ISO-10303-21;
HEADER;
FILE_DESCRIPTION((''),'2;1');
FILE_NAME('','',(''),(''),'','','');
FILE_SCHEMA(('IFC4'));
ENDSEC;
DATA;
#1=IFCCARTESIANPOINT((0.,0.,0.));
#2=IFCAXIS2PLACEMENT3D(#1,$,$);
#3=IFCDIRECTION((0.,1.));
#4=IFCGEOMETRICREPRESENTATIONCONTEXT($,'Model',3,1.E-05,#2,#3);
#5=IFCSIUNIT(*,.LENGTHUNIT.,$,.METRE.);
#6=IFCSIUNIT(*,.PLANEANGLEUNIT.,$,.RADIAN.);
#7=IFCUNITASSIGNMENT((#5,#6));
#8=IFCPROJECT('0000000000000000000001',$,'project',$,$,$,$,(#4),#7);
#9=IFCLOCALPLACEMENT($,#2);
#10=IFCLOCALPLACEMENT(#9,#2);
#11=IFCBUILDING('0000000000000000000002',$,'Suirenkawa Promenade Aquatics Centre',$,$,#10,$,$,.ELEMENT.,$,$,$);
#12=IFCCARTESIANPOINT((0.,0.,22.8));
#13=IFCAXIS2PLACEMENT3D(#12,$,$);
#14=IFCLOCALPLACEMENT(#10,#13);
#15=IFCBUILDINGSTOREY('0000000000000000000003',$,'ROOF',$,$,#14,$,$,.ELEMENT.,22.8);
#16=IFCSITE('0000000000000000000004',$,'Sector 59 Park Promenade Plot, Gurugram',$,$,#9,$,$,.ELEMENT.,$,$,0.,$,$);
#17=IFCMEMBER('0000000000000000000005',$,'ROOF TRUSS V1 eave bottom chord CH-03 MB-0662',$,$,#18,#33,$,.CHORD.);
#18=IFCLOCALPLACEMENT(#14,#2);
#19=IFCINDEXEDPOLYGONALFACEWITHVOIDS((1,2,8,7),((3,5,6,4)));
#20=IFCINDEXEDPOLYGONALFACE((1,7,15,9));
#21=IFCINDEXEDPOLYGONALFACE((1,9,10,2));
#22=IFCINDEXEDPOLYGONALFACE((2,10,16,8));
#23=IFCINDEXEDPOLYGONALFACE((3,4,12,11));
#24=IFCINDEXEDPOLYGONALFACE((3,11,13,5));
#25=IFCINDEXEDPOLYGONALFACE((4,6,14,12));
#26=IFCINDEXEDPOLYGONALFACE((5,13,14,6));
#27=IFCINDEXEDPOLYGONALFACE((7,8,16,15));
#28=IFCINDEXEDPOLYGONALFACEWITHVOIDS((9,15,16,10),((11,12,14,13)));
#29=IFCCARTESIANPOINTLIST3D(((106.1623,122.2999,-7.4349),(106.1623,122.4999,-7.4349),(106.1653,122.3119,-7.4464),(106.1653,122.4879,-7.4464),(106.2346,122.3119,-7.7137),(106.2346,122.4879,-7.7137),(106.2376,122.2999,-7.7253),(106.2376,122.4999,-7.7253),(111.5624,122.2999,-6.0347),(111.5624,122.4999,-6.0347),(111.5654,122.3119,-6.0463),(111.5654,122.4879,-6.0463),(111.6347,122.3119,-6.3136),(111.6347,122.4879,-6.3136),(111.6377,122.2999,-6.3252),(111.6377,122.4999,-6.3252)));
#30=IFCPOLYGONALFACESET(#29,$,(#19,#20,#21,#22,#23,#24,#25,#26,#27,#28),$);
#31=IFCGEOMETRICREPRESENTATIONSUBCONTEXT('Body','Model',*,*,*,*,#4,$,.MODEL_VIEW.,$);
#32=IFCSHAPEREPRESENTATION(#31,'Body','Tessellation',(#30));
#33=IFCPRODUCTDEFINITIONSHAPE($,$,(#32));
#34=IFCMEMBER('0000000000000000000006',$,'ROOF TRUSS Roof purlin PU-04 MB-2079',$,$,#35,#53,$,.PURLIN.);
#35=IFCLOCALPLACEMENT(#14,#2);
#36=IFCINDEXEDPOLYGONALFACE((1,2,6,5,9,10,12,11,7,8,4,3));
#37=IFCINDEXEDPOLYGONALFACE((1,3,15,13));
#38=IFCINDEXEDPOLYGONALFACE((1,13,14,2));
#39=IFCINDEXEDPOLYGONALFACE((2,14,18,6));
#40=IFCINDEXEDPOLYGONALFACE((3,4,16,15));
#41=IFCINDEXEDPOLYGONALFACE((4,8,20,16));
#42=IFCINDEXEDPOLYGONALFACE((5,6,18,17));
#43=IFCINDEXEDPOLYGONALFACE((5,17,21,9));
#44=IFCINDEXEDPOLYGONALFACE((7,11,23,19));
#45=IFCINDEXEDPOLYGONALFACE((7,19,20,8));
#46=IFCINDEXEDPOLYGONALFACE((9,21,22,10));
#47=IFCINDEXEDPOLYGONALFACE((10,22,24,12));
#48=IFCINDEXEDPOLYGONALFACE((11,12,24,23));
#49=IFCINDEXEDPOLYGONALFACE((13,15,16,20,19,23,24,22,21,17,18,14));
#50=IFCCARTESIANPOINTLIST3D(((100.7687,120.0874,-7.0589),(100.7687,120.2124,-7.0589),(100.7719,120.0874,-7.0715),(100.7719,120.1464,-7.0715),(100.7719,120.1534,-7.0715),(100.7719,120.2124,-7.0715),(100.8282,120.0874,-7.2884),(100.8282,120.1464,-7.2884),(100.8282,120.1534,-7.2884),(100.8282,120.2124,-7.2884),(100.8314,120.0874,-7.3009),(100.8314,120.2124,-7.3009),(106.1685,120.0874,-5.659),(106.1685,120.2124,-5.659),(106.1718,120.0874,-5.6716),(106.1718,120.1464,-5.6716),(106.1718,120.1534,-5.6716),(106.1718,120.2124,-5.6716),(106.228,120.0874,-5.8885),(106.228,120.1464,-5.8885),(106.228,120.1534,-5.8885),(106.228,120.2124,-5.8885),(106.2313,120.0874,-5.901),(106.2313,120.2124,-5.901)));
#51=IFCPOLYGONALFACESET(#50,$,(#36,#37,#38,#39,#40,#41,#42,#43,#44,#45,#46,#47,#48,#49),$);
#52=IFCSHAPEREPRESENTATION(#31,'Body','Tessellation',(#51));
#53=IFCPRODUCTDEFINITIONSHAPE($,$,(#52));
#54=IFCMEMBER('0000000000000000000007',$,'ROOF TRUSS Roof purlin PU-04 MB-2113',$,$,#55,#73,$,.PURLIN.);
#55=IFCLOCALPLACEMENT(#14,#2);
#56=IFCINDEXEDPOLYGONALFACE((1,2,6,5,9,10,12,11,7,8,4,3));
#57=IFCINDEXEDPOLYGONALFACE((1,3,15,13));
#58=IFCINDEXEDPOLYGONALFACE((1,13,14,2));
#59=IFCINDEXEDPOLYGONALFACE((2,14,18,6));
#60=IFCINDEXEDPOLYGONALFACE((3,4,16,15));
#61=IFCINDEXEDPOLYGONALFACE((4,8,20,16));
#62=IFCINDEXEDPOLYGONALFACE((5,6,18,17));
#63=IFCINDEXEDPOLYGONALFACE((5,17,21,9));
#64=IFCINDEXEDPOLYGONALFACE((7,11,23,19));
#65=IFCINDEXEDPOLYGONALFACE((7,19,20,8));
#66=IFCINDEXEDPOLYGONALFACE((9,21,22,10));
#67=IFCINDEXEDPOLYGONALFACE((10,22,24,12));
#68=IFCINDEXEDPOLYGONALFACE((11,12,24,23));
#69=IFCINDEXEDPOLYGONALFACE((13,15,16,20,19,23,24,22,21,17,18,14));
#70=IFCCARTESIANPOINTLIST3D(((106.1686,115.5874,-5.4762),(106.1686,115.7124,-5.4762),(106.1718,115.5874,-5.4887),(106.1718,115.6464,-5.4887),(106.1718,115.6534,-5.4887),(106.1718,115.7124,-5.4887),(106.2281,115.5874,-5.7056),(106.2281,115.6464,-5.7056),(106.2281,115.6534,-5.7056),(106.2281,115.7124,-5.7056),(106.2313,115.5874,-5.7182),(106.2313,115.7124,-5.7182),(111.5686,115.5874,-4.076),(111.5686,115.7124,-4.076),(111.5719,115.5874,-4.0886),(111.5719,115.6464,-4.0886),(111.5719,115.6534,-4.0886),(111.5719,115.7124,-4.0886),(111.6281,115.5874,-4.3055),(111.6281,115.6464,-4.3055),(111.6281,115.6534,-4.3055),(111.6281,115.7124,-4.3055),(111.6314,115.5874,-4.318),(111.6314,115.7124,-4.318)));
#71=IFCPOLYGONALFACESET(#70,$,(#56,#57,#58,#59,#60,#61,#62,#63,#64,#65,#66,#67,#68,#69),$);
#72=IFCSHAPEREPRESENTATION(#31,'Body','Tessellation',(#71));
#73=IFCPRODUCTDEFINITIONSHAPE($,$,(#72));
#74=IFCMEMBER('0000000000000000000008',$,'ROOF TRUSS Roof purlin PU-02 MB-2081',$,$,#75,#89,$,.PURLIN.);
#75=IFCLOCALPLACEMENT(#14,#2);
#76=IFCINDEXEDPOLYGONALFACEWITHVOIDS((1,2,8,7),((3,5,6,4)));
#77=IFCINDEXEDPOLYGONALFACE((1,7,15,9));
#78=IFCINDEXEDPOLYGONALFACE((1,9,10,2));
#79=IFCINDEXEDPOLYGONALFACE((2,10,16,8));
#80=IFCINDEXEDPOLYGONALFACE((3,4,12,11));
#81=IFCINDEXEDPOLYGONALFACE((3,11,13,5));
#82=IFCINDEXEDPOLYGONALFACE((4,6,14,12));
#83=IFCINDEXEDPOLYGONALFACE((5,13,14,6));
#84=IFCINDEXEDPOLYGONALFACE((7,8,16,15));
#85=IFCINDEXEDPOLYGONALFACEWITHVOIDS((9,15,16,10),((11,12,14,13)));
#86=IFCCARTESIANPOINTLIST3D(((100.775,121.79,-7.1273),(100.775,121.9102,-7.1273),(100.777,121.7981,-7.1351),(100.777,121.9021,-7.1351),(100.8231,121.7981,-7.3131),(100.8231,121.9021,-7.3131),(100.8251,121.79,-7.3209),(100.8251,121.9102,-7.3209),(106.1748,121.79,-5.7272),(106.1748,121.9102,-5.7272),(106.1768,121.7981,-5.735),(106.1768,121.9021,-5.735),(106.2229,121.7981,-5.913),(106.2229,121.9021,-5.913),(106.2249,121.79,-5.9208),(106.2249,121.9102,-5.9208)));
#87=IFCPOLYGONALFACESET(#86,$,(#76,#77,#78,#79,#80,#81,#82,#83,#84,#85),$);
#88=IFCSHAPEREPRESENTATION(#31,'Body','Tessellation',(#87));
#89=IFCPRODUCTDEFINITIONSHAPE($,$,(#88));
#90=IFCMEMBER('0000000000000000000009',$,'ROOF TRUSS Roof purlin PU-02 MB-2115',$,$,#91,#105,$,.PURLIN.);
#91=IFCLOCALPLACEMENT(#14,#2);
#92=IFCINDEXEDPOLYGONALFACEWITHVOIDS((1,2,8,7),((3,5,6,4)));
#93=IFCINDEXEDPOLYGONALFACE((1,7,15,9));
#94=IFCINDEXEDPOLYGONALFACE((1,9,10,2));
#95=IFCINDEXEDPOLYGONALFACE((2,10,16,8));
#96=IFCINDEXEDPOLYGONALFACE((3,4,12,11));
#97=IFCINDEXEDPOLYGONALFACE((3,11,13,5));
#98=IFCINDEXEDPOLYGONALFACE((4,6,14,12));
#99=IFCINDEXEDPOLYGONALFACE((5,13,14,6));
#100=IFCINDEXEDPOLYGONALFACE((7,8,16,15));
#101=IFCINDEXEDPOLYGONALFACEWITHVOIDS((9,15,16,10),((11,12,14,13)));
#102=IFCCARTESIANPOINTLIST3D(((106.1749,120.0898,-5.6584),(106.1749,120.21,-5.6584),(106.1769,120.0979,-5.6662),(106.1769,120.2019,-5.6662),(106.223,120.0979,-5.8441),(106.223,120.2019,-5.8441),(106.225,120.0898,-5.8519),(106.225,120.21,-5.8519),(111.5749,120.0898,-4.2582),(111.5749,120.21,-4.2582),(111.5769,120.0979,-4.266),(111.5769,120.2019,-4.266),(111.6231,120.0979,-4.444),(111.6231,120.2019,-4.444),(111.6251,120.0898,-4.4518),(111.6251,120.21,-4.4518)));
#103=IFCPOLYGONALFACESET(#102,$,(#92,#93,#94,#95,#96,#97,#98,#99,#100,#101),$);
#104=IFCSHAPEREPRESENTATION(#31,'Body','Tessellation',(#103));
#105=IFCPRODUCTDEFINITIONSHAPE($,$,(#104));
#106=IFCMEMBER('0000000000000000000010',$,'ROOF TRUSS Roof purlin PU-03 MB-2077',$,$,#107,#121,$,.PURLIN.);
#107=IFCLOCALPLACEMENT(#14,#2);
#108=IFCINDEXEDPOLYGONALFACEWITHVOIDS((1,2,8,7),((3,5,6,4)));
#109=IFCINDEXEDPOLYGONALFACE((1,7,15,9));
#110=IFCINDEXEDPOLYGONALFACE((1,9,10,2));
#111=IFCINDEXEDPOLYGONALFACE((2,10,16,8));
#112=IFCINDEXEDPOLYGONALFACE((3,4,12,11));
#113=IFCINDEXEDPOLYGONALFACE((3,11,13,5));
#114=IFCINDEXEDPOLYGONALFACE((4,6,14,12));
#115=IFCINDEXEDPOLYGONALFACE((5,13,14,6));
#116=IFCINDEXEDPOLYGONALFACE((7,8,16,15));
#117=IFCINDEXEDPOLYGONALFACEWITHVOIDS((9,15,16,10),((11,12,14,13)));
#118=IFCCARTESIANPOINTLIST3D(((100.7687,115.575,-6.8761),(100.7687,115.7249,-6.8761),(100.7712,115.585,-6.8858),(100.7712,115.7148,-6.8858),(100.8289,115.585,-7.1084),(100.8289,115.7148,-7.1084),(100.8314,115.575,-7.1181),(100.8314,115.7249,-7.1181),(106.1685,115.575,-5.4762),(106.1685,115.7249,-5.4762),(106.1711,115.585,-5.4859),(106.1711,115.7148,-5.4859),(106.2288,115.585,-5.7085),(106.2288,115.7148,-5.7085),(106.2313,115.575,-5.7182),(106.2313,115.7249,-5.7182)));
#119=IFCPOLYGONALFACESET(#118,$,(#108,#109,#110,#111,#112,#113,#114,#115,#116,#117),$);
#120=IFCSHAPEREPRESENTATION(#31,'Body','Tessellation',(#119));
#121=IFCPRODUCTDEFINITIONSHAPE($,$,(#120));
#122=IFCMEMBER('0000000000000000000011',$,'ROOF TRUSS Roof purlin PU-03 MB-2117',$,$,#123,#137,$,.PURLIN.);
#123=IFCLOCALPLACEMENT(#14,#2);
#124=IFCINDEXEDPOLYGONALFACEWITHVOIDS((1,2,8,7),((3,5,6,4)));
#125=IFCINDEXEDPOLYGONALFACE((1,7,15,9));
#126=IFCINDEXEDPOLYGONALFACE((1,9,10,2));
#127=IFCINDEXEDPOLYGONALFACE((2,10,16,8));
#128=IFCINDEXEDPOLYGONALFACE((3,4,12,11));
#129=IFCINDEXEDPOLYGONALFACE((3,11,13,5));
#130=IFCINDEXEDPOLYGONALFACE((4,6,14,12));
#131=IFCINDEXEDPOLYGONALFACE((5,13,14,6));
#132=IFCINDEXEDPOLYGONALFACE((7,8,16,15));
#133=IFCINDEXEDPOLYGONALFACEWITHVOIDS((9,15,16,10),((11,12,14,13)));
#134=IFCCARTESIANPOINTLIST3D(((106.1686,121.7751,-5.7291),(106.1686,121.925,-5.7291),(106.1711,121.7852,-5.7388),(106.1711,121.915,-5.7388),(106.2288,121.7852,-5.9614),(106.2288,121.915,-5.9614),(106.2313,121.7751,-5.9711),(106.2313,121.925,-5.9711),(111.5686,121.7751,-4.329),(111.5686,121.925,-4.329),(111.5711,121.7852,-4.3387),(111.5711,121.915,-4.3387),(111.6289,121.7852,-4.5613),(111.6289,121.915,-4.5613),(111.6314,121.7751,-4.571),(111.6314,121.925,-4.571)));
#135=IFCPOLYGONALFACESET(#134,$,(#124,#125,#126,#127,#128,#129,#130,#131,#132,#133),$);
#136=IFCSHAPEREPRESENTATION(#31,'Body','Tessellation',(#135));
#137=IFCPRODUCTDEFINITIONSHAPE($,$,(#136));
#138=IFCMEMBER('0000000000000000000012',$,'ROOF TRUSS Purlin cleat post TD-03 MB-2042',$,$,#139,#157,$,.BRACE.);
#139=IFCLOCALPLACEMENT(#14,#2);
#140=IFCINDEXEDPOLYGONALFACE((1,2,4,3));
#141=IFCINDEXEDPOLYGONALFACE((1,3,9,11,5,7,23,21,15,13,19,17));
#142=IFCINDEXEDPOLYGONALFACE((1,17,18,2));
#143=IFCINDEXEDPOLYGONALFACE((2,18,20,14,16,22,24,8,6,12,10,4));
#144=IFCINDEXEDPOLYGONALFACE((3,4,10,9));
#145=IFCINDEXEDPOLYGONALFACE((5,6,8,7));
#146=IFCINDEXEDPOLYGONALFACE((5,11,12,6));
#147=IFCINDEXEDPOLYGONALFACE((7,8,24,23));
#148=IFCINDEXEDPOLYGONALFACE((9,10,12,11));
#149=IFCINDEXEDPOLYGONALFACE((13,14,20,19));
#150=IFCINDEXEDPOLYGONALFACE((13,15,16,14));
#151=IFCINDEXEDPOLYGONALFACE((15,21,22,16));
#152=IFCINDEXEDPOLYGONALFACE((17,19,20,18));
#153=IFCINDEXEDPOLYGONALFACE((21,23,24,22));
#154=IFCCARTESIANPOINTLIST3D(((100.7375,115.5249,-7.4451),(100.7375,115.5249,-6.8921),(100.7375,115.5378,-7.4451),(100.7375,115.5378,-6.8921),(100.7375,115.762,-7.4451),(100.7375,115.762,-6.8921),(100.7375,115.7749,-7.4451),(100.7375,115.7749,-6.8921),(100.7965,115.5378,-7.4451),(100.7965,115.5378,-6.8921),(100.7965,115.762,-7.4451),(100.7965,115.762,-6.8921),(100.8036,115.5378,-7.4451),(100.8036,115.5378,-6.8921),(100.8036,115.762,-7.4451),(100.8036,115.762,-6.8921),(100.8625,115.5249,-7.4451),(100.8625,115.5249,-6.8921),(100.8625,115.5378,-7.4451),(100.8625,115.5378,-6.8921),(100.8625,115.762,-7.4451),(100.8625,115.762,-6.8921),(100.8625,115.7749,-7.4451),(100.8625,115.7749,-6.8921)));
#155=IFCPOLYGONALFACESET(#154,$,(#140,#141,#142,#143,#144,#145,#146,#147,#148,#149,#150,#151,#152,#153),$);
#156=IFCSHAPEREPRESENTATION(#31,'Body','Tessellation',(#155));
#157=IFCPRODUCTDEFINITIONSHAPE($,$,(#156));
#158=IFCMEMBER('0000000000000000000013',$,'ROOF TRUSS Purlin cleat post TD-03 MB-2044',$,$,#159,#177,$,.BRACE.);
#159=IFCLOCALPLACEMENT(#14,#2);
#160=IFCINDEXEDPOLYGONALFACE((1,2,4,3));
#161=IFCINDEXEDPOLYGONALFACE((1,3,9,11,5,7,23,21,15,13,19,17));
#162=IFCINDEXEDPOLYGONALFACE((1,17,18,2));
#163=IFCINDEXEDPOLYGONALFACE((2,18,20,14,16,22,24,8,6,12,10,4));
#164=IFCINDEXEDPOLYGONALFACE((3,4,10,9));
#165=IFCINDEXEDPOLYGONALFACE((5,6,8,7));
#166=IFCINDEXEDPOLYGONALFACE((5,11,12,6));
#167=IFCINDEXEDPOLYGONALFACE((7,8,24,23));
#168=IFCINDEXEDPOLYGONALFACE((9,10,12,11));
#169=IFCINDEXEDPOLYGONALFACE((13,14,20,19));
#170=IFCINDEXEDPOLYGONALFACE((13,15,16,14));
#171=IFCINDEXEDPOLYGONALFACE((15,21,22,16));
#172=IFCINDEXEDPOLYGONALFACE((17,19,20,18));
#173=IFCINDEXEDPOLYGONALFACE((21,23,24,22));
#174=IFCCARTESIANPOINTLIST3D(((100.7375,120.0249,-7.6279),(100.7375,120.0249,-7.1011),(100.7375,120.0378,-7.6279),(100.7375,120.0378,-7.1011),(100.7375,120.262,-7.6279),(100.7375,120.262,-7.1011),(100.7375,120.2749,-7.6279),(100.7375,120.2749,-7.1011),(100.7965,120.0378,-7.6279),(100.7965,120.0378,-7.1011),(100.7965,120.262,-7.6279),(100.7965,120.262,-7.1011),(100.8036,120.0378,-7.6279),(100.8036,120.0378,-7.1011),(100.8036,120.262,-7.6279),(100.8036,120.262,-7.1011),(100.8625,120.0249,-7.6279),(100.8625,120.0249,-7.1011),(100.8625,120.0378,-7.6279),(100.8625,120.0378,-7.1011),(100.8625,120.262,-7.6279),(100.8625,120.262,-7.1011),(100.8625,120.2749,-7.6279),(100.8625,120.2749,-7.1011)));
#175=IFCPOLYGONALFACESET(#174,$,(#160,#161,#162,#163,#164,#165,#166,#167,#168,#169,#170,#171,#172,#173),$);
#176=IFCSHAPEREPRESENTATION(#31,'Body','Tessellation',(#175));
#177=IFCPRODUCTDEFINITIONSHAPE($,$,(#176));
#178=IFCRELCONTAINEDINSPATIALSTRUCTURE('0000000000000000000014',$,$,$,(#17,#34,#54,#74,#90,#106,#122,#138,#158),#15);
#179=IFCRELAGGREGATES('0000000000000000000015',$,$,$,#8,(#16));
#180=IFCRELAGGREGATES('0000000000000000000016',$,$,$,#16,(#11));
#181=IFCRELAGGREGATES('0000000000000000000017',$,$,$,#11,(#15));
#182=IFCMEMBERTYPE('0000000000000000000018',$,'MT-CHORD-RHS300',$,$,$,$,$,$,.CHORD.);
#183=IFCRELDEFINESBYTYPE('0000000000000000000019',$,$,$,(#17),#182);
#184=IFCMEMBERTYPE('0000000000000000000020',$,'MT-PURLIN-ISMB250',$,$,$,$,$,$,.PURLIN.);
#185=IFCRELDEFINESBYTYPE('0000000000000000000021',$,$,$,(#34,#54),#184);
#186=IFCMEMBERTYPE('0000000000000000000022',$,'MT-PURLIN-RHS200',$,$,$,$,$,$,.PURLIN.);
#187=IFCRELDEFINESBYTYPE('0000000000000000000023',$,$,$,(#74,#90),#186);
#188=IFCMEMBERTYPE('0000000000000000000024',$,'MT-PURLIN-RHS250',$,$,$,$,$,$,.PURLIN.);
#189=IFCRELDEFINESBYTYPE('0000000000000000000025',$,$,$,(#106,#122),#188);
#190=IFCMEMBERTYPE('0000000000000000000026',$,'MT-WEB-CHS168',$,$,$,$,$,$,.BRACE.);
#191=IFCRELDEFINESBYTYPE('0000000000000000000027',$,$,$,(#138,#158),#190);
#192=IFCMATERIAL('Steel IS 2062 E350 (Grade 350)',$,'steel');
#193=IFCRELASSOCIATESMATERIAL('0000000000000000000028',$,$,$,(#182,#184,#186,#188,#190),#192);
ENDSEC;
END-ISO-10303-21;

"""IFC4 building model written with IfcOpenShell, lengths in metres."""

from ifc_helpers import new_model, si_unit, direction, frame, origin, origin_2d, place, context, subcontext, project, spatial, hollow_rectangle, i_section, extrude, material, material_profile, profile_set, type_object, element, save


model = new_model("IFC4")

# Units and contexts
model_context = context("Model", 3, precision=1e-05, world=origin(), true_north=direction((0.0, 1.0)))
body_context = subcontext(model_context, "Body", "Model", "MODEL_VIEW")
ifc_project = project(units=[si_unit("LENGTHUNIT", "METRE"), si_unit("PLANEANGLEUNIT", "RADIAN")], contexts=[model_context])

# Site, building, storey
site_placement = place(None, origin())
site = spatial("IfcSite", under=ifc_project, at=site_placement, Name="Sector 59 Park Promenade Plot, Gurugram", CompositionType="ELEMENT", RefElevation=0.0)
building_placement = place(site_placement, origin())
building = spatial("IfcBuilding", under=site, at=building_placement, Name="Suirenkawa Promenade Aquatics Centre", CompositionType="ELEMENT")
storey_placement = place(building_placement, frame((0.0, 0.0, 22.8)))
storey = spatial("IfcBuildingStorey", under=building, at=storey_placement, Name="ROOF", CompositionType="ELEMENT", Elevation=22.8)

# Shared definitions
ifc_material = material(Name="Steel IS 2062 E350 (Grade 350)", Category="steel")

# Members
ifc_material_profile_1 = material_profile(ifc_material, hollow_rectangle(XDim=0.2, YDim=0.3, WallThickness=0.012, at=origin_2d()), Name="RHS 300x200x12", Category="steel")
ifc_profile_set_1 = profile_set([ifc_material_profile_1], Name="Steel IS 2062 E350 (Grade 350)")
member_type_1 = type_object("IfcMemberType", Name="MT-CHORD-RHS300", PredefinedType="CHORD", material=ifc_profile_set_1)
member_1_placement = place(storey_placement, frame((106.2, 122.3999, -7.5801), z_axis=(0.967992, 0.0, 0.25098), x_axis=(0.0, 1.0, 0.0)))
element("IfcMember", 1, at=member_1_placement, inside=storey, type_object=member_type_1, Name="ROOF TRUSS V1 eave bottom chord CH-03 MB-0662", PredefinedType="CHORD", context=body_context, shape_type="SweptSolid", body=[
    extrude(hollow_rectangle(XDim=0.2, YDim=0.3, WallThickness=0.012, at=origin_2d()), origin(), (0.0, 0.0, 1.0), 5.5786),
])
ifc_material_profile_2 = material_profile(ifc_material, i_section(OverallWidth=0.125, OverallDepth=0.25, WebThickness=0.0071, FlangeThickness=0.0129, at=origin_2d()), Name="ISMB 250", Category="steel")
ifc_profile_set_2 = profile_set([ifc_material_profile_2], Name="Steel IS 2062 E350 (Grade 350)")
member_type_2 = type_object("IfcMemberType", Name="MT-PURLIN-ISMB250", PredefinedType="PURLIN", material=ifc_profile_set_2)
member_2_placement = place(storey_placement, frame((100.8, 120.1499, -7.1799), z_axis=(0.968, 0.0, 0.25095), x_axis=(0.0, 1.0, 0.0)))
element("IfcMember", 2, at=member_2_placement, inside=storey, type_object=member_type_2, Name="ROOF TRUSS Roof purlin PU-04 MB-2079", PredefinedType="PURLIN", context=body_context, shape_type="SweptSolid", body=[
    extrude(i_section(OverallWidth=0.125, OverallDepth=0.25, WebThickness=0.0071, FlangeThickness=0.0129, at=origin_2d()), origin(), (0.0, 0.0, 1.0), 5.5784),
])
member_3_placement = place(storey_placement, frame((106.2, 115.6499, -5.5972), z_axis=(0.967992, 0.0, 0.25098), x_axis=(0.0, 1.0, 0.0)))
element("IfcMember", 3, at=member_3_placement, inside=storey, type_object=member_type_2, Name="ROOF TRUSS Roof purlin PU-04 MB-2113", PredefinedType="PURLIN", context=body_context, shape_type="SweptSolid", body=[
    extrude(i_section(OverallWidth=0.125, OverallDepth=0.25, WebThickness=0.0071, FlangeThickness=0.0129, at=origin_2d()), origin(), (0.0, 0.0, 1.0), 5.5786),
])
ifc_material_profile_3 = material_profile(ifc_material, hollow_rectangle(XDim=0.1201, YDim=0.2, WallThickness=0.0081, at=origin_2d()), Name="RHS 200x120x8", Category="steel")
ifc_profile_set_3 = profile_set([ifc_material_profile_3], Name="Steel IS 2062 E350 (Grade 350)")
member_type_3 = type_object("IfcMemberType", Name="MT-PURLIN-RHS200", PredefinedType="PURLIN", material=ifc_profile_set_3)
member_4_placement = place(storey_placement, frame((100.8, 121.8501, -7.2241), z_axis=(0.967989, 0.0, 0.250991), x_axis=(0.0, 1.0, 0.0)))
element("IfcMember", 4, at=member_4_placement, inside=storey, type_object=member_type_3, Name="ROOF TRUSS Roof purlin PU-02 MB-2081", PredefinedType="PURLIN", context=body_context, shape_type="SweptSolid", body=[
    extrude(hollow_rectangle(XDim=0.1201, YDim=0.2, WallThickness=0.0081, at=origin_2d()), origin(), (0.0, 0.0, 1.0), 5.5784),
])
member_5_placement = place(storey_placement, frame((106.2, 120.1499, -5.7551), z_axis=(0.967992, 0.0, 0.25098), x_axis=(0.0, 1.0, 0.0)))
element("IfcMember", 5, at=member_5_placement, inside=storey, type_object=member_type_3, Name="ROOF TRUSS Roof purlin PU-02 MB-2115", PredefinedType="PURLIN", context=body_context, shape_type="SweptSolid", body=[
    extrude(hollow_rectangle(XDim=0.1201, YDim=0.2, WallThickness=0.0081, at=origin_2d()), origin(), (0.0, 0.0, 1.0), 5.5786),
])
ifc_material_profile_4 = material_profile(ifc_material, hollow_rectangle(XDim=0.1499, YDim=0.25, WallThickness=0.01, at=origin_2d()), Name="RHS 250x150x10", Category="steel")
ifc_profile_set_4 = profile_set([ifc_material_profile_4], Name="Steel IS 2062 E350 (Grade 350)")
member_type_4 = type_object("IfcMemberType", Name="MT-PURLIN-RHS250", PredefinedType="PURLIN", material=ifc_profile_set_4)
member_6_placement = place(storey_placement, frame((100.8, 115.6499, -6.9971), z_axis=(0.968, 0.0, 0.25095), x_axis=(0.0, 1.0, 0.0)))
element("IfcMember", 6, at=member_6_placement, inside=storey, type_object=member_type_4, Name="ROOF TRUSS Roof purlin PU-03 MB-2077", PredefinedType="PURLIN", context=body_context, shape_type="SweptSolid", body=[
    extrude(hollow_rectangle(XDim=0.1499, YDim=0.25, WallThickness=0.01, at=origin_2d()), origin(), (0.0, 0.0, 1.0), 5.5784),
])
member_7_placement = place(storey_placement, frame((106.2, 121.8501, -5.8501), z_axis=(0.967992, 0.0, 0.25098), x_axis=(0.0, 1.0, 0.0)))
element("IfcMember", 7, at=member_7_placement, inside=storey, type_object=member_type_4, Name="ROOF TRUSS Roof purlin PU-03 MB-2117", PredefinedType="PURLIN", context=body_context, shape_type="SweptSolid", body=[
    extrude(hollow_rectangle(XDim=0.1499, YDim=0.25, WallThickness=0.01, at=origin_2d()), origin(), (0.0, 0.0, 1.0), 5.5786),
])
ifc_material_profile_5 = material_profile(ifc_material, i_section(OverallWidth=0.125, OverallDepth=0.25, WebThickness=0.0071, FlangeThickness=0.0129, at=origin_2d()), Name="ISMB 250", Category="steel")
ifc_profile_set_5 = profile_set([ifc_material_profile_5], Name="Steel IS 2062 E350 (Grade 350)")
member_type_5 = type_object("IfcMemberType", Name="MT-WEB-CHS168", PredefinedType="BRACE", material=ifc_profile_set_5)
member_8_placement = place(storey_placement, frame((100.8, 115.6499, -7.4451), z_axis=(0.0, 0.0, 1.0), x_axis=(1.0, 0.0, 0.0)))
element("IfcMember", 8, at=member_8_placement, inside=storey, type_object=member_type_5, Name="ROOF TRUSS Purlin cleat post TD-03 MB-2042", PredefinedType="BRACE", context=body_context, shape_type="SweptSolid", body=[
    extrude(i_section(OverallWidth=0.125, OverallDepth=0.25, WebThickness=0.0071, FlangeThickness=0.0129, at=origin_2d()), origin(), (0.0, 0.0, 1.0), 0.553),
])
member_9_placement = place(storey_placement, frame((100.8, 120.1499, -7.6279), z_axis=(0.0, 0.0, 1.0), x_axis=(1.0, 0.0, 0.0)))
element("IfcMember", 9, at=member_9_placement, inside=storey, type_object=member_type_5, Name="ROOF TRUSS Purlin cleat post TD-03 MB-2044", PredefinedType="BRACE", context=body_context, shape_type="SweptSolid", body=[
    extrude(i_section(OverallWidth=0.125, OverallDepth=0.25, WebThickness=0.0071, FlangeThickness=0.0129, at=origin_2d()), origin(), (0.0, 0.0, 1.0), 0.5269),
])

save(model, "model.ifc")
